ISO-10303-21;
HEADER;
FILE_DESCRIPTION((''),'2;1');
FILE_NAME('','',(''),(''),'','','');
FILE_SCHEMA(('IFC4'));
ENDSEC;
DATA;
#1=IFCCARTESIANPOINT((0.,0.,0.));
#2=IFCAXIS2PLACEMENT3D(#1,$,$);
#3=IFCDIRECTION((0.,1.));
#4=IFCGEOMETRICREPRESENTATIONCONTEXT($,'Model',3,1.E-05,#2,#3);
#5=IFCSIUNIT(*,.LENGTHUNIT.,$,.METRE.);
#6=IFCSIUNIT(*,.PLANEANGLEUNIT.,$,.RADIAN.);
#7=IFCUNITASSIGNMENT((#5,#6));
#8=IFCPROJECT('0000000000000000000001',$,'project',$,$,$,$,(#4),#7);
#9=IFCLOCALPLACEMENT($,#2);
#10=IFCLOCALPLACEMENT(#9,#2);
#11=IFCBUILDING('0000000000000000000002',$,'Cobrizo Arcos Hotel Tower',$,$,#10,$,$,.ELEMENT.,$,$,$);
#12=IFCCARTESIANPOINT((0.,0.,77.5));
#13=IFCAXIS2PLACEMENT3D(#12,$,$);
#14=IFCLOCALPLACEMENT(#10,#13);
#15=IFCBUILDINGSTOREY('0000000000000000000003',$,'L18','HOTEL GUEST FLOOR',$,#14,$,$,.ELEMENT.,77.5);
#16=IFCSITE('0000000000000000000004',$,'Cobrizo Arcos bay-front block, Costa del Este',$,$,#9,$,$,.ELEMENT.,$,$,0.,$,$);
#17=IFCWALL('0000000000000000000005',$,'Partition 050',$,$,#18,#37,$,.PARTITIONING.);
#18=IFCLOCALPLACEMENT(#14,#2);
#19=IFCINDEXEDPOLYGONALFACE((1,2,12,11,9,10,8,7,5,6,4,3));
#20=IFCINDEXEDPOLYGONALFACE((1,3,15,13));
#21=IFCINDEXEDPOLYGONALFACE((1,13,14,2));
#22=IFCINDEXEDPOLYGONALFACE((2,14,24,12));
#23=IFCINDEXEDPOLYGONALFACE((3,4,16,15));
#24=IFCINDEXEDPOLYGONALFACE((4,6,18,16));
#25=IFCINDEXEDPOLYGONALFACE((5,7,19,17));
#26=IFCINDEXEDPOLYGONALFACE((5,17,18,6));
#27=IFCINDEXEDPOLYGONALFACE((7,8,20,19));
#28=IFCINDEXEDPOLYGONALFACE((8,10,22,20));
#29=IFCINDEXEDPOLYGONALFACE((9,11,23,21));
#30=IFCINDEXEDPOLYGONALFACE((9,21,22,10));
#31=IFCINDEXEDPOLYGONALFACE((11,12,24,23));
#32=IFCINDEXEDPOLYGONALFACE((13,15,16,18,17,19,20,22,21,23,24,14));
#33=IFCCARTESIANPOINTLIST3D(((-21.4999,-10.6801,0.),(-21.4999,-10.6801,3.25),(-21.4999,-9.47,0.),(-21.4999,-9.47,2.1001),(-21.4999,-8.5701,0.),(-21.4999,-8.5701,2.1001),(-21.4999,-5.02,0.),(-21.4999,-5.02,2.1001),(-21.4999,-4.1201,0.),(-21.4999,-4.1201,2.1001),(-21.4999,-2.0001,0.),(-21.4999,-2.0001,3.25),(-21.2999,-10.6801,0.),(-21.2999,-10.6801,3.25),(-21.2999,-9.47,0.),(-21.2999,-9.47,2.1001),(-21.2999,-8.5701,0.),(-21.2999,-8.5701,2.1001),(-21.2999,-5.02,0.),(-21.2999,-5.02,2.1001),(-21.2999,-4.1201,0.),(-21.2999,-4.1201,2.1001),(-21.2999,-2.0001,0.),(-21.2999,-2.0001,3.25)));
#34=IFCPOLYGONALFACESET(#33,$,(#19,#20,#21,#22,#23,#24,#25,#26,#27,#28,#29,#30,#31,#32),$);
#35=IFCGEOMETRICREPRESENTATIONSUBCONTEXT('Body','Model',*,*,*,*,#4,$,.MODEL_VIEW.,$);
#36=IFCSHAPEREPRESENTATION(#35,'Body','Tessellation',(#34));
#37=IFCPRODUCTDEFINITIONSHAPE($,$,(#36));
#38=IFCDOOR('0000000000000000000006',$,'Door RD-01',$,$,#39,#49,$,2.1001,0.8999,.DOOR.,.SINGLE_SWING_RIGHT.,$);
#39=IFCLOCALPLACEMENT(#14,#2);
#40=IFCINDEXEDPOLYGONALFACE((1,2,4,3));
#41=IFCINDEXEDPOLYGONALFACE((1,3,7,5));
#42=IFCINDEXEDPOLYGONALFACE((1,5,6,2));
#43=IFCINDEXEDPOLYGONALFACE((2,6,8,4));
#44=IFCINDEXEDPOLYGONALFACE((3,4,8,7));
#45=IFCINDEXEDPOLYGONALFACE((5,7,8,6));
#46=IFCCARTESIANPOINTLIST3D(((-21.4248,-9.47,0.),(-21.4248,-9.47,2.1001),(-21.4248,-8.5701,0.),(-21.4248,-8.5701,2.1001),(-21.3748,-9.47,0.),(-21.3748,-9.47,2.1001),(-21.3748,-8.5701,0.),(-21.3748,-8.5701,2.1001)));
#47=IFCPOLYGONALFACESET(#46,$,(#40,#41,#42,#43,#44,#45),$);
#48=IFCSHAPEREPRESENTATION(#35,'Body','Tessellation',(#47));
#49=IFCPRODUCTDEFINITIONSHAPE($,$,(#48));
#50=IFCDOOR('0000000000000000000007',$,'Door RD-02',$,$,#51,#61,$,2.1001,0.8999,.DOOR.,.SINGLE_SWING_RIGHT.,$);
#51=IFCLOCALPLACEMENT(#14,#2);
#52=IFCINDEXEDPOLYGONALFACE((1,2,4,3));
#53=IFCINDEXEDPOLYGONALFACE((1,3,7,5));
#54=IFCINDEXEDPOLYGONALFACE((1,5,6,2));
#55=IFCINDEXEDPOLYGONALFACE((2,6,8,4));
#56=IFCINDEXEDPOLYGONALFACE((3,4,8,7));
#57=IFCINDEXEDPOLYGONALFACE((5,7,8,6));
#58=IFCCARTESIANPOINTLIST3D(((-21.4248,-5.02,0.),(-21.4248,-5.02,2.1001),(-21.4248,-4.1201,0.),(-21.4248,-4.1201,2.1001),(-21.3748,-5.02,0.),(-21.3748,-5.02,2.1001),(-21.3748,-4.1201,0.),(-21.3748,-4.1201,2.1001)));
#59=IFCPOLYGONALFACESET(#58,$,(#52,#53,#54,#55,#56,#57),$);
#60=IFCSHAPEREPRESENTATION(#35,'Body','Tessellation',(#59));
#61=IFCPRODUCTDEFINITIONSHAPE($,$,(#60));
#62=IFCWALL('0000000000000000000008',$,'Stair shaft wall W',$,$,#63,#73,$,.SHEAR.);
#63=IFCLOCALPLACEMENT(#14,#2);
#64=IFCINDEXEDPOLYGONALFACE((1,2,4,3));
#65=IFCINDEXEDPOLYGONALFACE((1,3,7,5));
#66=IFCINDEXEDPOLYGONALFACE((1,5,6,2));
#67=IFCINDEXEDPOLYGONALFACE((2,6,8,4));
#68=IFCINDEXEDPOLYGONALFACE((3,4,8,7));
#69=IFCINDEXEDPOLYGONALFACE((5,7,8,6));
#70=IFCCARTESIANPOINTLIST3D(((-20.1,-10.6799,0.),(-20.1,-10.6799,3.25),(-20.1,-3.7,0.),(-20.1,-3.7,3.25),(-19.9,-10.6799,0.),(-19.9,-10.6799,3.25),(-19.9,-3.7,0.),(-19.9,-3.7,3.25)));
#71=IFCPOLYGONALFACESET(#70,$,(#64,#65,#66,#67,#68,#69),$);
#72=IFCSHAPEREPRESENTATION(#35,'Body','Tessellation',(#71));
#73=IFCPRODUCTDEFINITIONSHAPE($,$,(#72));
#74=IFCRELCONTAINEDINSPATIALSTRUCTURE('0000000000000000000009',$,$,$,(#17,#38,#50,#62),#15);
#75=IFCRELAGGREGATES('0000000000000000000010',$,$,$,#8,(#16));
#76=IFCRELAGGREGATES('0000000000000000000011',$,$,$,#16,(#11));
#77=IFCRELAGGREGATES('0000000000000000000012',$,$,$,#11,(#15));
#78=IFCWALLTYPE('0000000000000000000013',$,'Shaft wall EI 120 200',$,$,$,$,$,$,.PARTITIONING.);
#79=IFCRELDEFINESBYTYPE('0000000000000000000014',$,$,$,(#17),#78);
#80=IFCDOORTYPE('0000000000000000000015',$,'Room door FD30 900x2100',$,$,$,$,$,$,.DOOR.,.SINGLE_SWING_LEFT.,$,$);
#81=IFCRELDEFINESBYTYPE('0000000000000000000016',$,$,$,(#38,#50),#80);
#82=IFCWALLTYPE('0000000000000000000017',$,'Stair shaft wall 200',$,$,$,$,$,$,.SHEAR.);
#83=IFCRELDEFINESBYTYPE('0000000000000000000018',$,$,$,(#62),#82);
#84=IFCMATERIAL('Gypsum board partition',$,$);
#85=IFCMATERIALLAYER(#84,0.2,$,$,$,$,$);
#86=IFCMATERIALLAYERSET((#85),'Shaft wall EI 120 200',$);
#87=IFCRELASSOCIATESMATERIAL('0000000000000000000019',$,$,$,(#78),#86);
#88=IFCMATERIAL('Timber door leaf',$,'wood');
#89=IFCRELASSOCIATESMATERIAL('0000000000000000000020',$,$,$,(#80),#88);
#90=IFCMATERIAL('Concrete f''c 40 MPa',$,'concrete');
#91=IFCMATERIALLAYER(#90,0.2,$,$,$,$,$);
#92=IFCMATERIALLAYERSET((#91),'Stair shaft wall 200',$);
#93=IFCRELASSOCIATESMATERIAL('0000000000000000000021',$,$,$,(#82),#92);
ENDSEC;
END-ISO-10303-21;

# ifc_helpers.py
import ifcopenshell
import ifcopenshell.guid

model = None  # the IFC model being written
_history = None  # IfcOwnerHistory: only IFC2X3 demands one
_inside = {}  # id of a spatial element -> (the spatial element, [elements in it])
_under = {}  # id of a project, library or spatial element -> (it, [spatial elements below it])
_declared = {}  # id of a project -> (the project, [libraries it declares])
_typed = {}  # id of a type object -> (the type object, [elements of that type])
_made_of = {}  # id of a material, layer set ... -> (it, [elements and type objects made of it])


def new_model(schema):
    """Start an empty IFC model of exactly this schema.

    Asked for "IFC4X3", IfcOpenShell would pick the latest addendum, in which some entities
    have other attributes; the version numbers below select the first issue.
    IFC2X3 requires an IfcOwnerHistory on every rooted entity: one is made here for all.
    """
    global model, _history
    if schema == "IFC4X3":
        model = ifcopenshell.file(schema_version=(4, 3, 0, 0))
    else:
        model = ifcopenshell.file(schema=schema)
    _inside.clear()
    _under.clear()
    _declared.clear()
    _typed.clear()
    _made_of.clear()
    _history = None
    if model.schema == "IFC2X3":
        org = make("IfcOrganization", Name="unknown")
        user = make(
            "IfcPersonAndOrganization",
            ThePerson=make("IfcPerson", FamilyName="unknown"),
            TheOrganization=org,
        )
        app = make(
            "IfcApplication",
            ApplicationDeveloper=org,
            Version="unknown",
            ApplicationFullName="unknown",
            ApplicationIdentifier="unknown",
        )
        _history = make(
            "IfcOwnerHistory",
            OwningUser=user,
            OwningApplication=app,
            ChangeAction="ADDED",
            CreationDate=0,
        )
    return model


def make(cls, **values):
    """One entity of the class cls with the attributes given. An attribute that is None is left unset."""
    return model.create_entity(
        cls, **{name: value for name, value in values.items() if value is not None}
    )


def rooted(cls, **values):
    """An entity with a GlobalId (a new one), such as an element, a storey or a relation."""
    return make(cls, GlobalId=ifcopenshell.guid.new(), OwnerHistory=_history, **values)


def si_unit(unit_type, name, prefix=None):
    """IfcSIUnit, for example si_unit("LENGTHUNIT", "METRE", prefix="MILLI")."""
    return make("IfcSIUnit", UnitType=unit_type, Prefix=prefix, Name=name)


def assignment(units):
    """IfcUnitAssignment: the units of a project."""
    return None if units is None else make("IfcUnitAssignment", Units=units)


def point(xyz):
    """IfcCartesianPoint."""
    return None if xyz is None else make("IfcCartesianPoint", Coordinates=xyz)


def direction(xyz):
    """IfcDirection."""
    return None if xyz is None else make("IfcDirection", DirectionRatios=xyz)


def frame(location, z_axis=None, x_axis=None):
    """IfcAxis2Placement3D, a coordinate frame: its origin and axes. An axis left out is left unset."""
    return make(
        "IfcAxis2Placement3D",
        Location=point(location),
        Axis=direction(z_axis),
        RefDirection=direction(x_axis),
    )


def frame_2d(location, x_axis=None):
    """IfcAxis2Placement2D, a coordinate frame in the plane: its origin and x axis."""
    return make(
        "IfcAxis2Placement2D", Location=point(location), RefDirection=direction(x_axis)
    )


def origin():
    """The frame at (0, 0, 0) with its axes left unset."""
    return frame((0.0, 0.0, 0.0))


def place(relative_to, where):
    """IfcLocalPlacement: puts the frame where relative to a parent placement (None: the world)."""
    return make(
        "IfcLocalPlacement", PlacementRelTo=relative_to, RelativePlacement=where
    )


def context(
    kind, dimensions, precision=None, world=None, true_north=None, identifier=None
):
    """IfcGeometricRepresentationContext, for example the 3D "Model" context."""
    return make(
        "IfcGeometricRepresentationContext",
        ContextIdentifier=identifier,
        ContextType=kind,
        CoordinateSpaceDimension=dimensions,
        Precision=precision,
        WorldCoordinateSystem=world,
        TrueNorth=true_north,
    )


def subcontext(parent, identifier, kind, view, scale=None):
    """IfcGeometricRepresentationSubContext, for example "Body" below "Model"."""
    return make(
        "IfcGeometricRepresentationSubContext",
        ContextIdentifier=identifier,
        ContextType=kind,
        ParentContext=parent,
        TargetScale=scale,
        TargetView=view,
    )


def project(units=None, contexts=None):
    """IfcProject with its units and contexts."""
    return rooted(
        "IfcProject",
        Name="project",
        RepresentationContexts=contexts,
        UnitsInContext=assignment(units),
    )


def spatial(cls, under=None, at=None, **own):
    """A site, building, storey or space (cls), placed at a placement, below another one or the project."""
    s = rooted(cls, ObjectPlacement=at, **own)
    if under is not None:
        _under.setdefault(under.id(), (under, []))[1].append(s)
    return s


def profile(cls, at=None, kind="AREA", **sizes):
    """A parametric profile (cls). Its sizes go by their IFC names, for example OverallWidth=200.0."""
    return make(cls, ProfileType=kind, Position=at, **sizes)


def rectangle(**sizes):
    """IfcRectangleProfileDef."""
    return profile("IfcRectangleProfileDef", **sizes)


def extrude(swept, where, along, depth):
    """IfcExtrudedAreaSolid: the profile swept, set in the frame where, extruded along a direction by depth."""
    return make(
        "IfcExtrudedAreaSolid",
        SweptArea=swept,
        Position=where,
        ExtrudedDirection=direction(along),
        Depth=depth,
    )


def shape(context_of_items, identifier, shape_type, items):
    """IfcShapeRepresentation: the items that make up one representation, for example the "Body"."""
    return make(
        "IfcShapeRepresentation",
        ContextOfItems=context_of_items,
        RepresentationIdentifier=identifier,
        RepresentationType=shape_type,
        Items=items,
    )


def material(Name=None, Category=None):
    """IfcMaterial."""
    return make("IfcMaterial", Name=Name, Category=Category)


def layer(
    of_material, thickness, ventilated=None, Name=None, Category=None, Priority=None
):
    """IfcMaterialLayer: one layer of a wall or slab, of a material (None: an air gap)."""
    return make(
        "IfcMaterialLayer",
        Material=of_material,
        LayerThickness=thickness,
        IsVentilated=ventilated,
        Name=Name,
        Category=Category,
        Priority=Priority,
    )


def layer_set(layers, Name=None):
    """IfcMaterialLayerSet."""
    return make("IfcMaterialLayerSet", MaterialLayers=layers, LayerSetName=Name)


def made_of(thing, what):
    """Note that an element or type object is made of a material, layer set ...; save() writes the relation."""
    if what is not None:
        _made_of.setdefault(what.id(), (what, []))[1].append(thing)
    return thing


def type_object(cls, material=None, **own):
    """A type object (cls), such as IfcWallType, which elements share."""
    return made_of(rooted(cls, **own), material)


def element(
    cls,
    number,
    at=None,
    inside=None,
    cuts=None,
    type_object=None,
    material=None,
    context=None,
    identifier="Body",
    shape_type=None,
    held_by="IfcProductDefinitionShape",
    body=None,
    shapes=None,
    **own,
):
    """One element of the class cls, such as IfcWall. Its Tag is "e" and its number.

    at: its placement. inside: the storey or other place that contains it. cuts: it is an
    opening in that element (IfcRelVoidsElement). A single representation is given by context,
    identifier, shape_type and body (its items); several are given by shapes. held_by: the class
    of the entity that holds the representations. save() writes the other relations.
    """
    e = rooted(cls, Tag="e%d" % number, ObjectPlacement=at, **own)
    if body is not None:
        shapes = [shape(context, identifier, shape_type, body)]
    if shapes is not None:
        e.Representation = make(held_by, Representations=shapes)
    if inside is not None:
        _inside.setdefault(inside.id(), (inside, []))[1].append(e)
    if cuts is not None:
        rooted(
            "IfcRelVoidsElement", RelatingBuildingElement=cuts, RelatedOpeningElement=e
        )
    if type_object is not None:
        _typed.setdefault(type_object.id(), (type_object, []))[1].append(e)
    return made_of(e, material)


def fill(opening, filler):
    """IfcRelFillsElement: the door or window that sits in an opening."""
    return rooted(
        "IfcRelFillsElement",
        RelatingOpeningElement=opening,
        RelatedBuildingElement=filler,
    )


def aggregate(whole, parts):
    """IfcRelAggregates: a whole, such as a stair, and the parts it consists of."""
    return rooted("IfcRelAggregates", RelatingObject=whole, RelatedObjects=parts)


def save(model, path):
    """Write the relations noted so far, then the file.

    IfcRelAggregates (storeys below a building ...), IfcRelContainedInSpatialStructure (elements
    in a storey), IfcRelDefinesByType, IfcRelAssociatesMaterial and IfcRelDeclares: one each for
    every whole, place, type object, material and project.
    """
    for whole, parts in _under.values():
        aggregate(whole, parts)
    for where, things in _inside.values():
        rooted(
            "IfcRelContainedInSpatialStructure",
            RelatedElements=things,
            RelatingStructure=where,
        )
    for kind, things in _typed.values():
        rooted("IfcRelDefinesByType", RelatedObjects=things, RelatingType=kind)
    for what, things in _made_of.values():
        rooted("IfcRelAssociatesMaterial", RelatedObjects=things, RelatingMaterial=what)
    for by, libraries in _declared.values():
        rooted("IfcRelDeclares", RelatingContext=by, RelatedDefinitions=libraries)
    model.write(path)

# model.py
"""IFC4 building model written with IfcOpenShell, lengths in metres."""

from ifc_helpers import new_model, si_unit, direction, frame, frame_2d, origin, place, context, subcontext, project, spatial, rectangle, extrude, material, layer, layer_set, type_object, element, fill, save


model = new_model("IFC4")

# Units and contexts
model_context = context("Model", 3, precision=1e-05, world=origin(), true_north=direction((0.0, 1.0)))
body_context = subcontext(model_context, "Body", "Model", "MODEL_VIEW")
ifc_project = project(units=[si_unit("LENGTHUNIT", "METRE"), si_unit("PLANEANGLEUNIT", "RADIAN")], contexts=[model_context])

# Site, building, storey
site_placement = place(None, origin())
site = spatial("IfcSite", under=ifc_project, at=site_placement, Name="Cobrizo Arcos bay-front block, Costa del Este", CompositionType="ELEMENT", RefElevation=0.0)
building_placement = place(site_placement, origin())
building = spatial("IfcBuilding", under=site, at=building_placement, Name="Cobrizo Arcos Hotel Tower", CompositionType="ELEMENT")
storey_placement = place(building_placement, frame((0.0, 0.0, 77.5)))
storey = spatial("IfcBuildingStorey", under=building, at=storey_placement, Name="L18", Description="HOTEL GUEST FLOOR", CompositionType="ELEMENT", Elevation=77.5)

# Wall, openings, doors
ifc_material_1 = material(Name="Gypsum board partition")
ifc_layer_1 = layer(ifc_material_1, 0.2)
ifc_layer_set_1 = layer_set([ifc_layer_1], Name="Shaft wall EI 120 200")
wall_type_1 = type_object("IfcWallType", Name="Shaft wall EI 120 200", PredefinedType="PARTITIONING", material=ifc_layer_set_1)
wall_1_placement = place(storey_placement, frame((-21.3999, -10.6799, 0.0), z_axis=(0.0, 0.0, 1.0), x_axis=(0.0, 1.0, 0.0)))
wall_1 = element("IfcWall", 1, at=wall_1_placement, inside=storey, type_object=wall_type_1, Name="Partition 050", PredefinedType="PARTITIONING", context=body_context, shape_type="SweptSolid", body=[
    extrude(rectangle(XDim=8.6799, YDim=0.2, at=frame_2d((4.3398, 0.0))), origin(), (0.0, 0.0, 1.0), 3.25),
])
opening_1_placement = place(wall_1_placement, frame((1.21, 0.0, 0.0)))
opening_1 = element("IfcOpeningElement", 2, at=opening_1_placement, cuts=wall_1, PredefinedType="OPENING", context=body_context, shape_type="SweptSolid", body=[
    extrude(rectangle(XDim=0.8999, YDim=2.1001, at=frame_2d((0.45, 1.05))), frame((0.0, 0.1121, 0.0), z_axis=(0.0, -1.0, 0.0), x_axis=(1.0, 0.0, 0.0)), (0.0, 0.0, 1.0), 0.2239),
])
opening_2_placement = place(wall_1_placement, frame((5.6599, 0.0, 0.0)))
opening_2 = element("IfcOpeningElement", 3, at=opening_2_placement, cuts=wall_1, PredefinedType="OPENING", context=body_context, shape_type="SweptSolid", body=[
    extrude(rectangle(XDim=0.8999, YDim=2.1001, at=frame_2d((0.45, 1.05))), frame((0.0, 0.1121, 0.0), z_axis=(0.0, -1.0, 0.0), x_axis=(1.0, 0.0, 0.0)), (0.0, 0.0, 1.0), 0.2239),
])
ifc_material_2 = material(Name="Timber door leaf", Category="wood")
door_type_1 = type_object("IfcDoorType", Name="Room door FD30 900x2100", OperationType="SINGLE_SWING_LEFT", PredefinedType="DOOR", material=ifc_material_2)
door_1_placement = place(opening_1_placement, origin())
door_1 = element("IfcDoor", 4, at=door_1_placement, inside=storey, type_object=door_type_1, Name="Door RD-01", OperationType="SINGLE_SWING_RIGHT", OverallHeight=2.1001, OverallWidth=0.8999, PredefinedType="DOOR", context=body_context, shape_type="SweptSolid", body=[
    extrude(rectangle(XDim=0.8999, YDim=2.1001, at=frame_2d((0.45, 1.05))), frame((0.0, 0.0249, 0.0), z_axis=(0.0, -1.0, 0.0), x_axis=(1.0, 0.0, 0.0)), (0.0, 0.0, 1.0), 0.05),
])
fill(opening_1, door_1)
door_2_placement = place(opening_2_placement, origin())
door_2 = element("IfcDoor", 5, at=door_2_placement, inside=storey, type_object=door_type_1, Name="Door RD-02", OperationType="SINGLE_SWING_RIGHT", OverallHeight=2.1001, OverallWidth=0.8999, PredefinedType="DOOR", context=body_context, shape_type="SweptSolid", body=[
    extrude(rectangle(XDim=0.8999, YDim=2.1001, at=frame_2d((0.45, 1.05))), frame((0.0, 0.0249, 0.0), z_axis=(0.0, -1.0, 0.0), x_axis=(1.0, 0.0, 0.0)), (0.0, 0.0, 1.0), 0.05),
])
fill(opening_2, door_2)

# Wall
ifc_material_3 = material(Name="Concrete f'c 40 MPa", Category="concrete")
ifc_layer_2 = layer(ifc_material_3, 0.2)
ifc_layer_set_2 = layer_set([ifc_layer_2], Name="Stair shaft wall 200")
wall_type_2 = type_object("IfcWallType", Name="Stair shaft wall 200", PredefinedType="SHEAR", material=ifc_layer_set_2)
wall_2_placement = place(storey_placement, frame((-20.0, -10.6799, 0.0), z_axis=(0.0, 0.0, 1.0), x_axis=(0.0, 1.0, 0.0)))
element("IfcWall", 6, at=wall_2_placement, inside=storey, type_object=wall_type_2, Name="Stair shaft wall W", PredefinedType="SHEAR", context=body_context, shape_type="SweptSolid", body=[
    extrude(rectangle(XDim=6.98, YDim=0.2, at=frame_2d((3.49, 0.0))), origin(), (0.0, 0.0, 1.0), 3.25),
])

save(model, "model.ifc")
